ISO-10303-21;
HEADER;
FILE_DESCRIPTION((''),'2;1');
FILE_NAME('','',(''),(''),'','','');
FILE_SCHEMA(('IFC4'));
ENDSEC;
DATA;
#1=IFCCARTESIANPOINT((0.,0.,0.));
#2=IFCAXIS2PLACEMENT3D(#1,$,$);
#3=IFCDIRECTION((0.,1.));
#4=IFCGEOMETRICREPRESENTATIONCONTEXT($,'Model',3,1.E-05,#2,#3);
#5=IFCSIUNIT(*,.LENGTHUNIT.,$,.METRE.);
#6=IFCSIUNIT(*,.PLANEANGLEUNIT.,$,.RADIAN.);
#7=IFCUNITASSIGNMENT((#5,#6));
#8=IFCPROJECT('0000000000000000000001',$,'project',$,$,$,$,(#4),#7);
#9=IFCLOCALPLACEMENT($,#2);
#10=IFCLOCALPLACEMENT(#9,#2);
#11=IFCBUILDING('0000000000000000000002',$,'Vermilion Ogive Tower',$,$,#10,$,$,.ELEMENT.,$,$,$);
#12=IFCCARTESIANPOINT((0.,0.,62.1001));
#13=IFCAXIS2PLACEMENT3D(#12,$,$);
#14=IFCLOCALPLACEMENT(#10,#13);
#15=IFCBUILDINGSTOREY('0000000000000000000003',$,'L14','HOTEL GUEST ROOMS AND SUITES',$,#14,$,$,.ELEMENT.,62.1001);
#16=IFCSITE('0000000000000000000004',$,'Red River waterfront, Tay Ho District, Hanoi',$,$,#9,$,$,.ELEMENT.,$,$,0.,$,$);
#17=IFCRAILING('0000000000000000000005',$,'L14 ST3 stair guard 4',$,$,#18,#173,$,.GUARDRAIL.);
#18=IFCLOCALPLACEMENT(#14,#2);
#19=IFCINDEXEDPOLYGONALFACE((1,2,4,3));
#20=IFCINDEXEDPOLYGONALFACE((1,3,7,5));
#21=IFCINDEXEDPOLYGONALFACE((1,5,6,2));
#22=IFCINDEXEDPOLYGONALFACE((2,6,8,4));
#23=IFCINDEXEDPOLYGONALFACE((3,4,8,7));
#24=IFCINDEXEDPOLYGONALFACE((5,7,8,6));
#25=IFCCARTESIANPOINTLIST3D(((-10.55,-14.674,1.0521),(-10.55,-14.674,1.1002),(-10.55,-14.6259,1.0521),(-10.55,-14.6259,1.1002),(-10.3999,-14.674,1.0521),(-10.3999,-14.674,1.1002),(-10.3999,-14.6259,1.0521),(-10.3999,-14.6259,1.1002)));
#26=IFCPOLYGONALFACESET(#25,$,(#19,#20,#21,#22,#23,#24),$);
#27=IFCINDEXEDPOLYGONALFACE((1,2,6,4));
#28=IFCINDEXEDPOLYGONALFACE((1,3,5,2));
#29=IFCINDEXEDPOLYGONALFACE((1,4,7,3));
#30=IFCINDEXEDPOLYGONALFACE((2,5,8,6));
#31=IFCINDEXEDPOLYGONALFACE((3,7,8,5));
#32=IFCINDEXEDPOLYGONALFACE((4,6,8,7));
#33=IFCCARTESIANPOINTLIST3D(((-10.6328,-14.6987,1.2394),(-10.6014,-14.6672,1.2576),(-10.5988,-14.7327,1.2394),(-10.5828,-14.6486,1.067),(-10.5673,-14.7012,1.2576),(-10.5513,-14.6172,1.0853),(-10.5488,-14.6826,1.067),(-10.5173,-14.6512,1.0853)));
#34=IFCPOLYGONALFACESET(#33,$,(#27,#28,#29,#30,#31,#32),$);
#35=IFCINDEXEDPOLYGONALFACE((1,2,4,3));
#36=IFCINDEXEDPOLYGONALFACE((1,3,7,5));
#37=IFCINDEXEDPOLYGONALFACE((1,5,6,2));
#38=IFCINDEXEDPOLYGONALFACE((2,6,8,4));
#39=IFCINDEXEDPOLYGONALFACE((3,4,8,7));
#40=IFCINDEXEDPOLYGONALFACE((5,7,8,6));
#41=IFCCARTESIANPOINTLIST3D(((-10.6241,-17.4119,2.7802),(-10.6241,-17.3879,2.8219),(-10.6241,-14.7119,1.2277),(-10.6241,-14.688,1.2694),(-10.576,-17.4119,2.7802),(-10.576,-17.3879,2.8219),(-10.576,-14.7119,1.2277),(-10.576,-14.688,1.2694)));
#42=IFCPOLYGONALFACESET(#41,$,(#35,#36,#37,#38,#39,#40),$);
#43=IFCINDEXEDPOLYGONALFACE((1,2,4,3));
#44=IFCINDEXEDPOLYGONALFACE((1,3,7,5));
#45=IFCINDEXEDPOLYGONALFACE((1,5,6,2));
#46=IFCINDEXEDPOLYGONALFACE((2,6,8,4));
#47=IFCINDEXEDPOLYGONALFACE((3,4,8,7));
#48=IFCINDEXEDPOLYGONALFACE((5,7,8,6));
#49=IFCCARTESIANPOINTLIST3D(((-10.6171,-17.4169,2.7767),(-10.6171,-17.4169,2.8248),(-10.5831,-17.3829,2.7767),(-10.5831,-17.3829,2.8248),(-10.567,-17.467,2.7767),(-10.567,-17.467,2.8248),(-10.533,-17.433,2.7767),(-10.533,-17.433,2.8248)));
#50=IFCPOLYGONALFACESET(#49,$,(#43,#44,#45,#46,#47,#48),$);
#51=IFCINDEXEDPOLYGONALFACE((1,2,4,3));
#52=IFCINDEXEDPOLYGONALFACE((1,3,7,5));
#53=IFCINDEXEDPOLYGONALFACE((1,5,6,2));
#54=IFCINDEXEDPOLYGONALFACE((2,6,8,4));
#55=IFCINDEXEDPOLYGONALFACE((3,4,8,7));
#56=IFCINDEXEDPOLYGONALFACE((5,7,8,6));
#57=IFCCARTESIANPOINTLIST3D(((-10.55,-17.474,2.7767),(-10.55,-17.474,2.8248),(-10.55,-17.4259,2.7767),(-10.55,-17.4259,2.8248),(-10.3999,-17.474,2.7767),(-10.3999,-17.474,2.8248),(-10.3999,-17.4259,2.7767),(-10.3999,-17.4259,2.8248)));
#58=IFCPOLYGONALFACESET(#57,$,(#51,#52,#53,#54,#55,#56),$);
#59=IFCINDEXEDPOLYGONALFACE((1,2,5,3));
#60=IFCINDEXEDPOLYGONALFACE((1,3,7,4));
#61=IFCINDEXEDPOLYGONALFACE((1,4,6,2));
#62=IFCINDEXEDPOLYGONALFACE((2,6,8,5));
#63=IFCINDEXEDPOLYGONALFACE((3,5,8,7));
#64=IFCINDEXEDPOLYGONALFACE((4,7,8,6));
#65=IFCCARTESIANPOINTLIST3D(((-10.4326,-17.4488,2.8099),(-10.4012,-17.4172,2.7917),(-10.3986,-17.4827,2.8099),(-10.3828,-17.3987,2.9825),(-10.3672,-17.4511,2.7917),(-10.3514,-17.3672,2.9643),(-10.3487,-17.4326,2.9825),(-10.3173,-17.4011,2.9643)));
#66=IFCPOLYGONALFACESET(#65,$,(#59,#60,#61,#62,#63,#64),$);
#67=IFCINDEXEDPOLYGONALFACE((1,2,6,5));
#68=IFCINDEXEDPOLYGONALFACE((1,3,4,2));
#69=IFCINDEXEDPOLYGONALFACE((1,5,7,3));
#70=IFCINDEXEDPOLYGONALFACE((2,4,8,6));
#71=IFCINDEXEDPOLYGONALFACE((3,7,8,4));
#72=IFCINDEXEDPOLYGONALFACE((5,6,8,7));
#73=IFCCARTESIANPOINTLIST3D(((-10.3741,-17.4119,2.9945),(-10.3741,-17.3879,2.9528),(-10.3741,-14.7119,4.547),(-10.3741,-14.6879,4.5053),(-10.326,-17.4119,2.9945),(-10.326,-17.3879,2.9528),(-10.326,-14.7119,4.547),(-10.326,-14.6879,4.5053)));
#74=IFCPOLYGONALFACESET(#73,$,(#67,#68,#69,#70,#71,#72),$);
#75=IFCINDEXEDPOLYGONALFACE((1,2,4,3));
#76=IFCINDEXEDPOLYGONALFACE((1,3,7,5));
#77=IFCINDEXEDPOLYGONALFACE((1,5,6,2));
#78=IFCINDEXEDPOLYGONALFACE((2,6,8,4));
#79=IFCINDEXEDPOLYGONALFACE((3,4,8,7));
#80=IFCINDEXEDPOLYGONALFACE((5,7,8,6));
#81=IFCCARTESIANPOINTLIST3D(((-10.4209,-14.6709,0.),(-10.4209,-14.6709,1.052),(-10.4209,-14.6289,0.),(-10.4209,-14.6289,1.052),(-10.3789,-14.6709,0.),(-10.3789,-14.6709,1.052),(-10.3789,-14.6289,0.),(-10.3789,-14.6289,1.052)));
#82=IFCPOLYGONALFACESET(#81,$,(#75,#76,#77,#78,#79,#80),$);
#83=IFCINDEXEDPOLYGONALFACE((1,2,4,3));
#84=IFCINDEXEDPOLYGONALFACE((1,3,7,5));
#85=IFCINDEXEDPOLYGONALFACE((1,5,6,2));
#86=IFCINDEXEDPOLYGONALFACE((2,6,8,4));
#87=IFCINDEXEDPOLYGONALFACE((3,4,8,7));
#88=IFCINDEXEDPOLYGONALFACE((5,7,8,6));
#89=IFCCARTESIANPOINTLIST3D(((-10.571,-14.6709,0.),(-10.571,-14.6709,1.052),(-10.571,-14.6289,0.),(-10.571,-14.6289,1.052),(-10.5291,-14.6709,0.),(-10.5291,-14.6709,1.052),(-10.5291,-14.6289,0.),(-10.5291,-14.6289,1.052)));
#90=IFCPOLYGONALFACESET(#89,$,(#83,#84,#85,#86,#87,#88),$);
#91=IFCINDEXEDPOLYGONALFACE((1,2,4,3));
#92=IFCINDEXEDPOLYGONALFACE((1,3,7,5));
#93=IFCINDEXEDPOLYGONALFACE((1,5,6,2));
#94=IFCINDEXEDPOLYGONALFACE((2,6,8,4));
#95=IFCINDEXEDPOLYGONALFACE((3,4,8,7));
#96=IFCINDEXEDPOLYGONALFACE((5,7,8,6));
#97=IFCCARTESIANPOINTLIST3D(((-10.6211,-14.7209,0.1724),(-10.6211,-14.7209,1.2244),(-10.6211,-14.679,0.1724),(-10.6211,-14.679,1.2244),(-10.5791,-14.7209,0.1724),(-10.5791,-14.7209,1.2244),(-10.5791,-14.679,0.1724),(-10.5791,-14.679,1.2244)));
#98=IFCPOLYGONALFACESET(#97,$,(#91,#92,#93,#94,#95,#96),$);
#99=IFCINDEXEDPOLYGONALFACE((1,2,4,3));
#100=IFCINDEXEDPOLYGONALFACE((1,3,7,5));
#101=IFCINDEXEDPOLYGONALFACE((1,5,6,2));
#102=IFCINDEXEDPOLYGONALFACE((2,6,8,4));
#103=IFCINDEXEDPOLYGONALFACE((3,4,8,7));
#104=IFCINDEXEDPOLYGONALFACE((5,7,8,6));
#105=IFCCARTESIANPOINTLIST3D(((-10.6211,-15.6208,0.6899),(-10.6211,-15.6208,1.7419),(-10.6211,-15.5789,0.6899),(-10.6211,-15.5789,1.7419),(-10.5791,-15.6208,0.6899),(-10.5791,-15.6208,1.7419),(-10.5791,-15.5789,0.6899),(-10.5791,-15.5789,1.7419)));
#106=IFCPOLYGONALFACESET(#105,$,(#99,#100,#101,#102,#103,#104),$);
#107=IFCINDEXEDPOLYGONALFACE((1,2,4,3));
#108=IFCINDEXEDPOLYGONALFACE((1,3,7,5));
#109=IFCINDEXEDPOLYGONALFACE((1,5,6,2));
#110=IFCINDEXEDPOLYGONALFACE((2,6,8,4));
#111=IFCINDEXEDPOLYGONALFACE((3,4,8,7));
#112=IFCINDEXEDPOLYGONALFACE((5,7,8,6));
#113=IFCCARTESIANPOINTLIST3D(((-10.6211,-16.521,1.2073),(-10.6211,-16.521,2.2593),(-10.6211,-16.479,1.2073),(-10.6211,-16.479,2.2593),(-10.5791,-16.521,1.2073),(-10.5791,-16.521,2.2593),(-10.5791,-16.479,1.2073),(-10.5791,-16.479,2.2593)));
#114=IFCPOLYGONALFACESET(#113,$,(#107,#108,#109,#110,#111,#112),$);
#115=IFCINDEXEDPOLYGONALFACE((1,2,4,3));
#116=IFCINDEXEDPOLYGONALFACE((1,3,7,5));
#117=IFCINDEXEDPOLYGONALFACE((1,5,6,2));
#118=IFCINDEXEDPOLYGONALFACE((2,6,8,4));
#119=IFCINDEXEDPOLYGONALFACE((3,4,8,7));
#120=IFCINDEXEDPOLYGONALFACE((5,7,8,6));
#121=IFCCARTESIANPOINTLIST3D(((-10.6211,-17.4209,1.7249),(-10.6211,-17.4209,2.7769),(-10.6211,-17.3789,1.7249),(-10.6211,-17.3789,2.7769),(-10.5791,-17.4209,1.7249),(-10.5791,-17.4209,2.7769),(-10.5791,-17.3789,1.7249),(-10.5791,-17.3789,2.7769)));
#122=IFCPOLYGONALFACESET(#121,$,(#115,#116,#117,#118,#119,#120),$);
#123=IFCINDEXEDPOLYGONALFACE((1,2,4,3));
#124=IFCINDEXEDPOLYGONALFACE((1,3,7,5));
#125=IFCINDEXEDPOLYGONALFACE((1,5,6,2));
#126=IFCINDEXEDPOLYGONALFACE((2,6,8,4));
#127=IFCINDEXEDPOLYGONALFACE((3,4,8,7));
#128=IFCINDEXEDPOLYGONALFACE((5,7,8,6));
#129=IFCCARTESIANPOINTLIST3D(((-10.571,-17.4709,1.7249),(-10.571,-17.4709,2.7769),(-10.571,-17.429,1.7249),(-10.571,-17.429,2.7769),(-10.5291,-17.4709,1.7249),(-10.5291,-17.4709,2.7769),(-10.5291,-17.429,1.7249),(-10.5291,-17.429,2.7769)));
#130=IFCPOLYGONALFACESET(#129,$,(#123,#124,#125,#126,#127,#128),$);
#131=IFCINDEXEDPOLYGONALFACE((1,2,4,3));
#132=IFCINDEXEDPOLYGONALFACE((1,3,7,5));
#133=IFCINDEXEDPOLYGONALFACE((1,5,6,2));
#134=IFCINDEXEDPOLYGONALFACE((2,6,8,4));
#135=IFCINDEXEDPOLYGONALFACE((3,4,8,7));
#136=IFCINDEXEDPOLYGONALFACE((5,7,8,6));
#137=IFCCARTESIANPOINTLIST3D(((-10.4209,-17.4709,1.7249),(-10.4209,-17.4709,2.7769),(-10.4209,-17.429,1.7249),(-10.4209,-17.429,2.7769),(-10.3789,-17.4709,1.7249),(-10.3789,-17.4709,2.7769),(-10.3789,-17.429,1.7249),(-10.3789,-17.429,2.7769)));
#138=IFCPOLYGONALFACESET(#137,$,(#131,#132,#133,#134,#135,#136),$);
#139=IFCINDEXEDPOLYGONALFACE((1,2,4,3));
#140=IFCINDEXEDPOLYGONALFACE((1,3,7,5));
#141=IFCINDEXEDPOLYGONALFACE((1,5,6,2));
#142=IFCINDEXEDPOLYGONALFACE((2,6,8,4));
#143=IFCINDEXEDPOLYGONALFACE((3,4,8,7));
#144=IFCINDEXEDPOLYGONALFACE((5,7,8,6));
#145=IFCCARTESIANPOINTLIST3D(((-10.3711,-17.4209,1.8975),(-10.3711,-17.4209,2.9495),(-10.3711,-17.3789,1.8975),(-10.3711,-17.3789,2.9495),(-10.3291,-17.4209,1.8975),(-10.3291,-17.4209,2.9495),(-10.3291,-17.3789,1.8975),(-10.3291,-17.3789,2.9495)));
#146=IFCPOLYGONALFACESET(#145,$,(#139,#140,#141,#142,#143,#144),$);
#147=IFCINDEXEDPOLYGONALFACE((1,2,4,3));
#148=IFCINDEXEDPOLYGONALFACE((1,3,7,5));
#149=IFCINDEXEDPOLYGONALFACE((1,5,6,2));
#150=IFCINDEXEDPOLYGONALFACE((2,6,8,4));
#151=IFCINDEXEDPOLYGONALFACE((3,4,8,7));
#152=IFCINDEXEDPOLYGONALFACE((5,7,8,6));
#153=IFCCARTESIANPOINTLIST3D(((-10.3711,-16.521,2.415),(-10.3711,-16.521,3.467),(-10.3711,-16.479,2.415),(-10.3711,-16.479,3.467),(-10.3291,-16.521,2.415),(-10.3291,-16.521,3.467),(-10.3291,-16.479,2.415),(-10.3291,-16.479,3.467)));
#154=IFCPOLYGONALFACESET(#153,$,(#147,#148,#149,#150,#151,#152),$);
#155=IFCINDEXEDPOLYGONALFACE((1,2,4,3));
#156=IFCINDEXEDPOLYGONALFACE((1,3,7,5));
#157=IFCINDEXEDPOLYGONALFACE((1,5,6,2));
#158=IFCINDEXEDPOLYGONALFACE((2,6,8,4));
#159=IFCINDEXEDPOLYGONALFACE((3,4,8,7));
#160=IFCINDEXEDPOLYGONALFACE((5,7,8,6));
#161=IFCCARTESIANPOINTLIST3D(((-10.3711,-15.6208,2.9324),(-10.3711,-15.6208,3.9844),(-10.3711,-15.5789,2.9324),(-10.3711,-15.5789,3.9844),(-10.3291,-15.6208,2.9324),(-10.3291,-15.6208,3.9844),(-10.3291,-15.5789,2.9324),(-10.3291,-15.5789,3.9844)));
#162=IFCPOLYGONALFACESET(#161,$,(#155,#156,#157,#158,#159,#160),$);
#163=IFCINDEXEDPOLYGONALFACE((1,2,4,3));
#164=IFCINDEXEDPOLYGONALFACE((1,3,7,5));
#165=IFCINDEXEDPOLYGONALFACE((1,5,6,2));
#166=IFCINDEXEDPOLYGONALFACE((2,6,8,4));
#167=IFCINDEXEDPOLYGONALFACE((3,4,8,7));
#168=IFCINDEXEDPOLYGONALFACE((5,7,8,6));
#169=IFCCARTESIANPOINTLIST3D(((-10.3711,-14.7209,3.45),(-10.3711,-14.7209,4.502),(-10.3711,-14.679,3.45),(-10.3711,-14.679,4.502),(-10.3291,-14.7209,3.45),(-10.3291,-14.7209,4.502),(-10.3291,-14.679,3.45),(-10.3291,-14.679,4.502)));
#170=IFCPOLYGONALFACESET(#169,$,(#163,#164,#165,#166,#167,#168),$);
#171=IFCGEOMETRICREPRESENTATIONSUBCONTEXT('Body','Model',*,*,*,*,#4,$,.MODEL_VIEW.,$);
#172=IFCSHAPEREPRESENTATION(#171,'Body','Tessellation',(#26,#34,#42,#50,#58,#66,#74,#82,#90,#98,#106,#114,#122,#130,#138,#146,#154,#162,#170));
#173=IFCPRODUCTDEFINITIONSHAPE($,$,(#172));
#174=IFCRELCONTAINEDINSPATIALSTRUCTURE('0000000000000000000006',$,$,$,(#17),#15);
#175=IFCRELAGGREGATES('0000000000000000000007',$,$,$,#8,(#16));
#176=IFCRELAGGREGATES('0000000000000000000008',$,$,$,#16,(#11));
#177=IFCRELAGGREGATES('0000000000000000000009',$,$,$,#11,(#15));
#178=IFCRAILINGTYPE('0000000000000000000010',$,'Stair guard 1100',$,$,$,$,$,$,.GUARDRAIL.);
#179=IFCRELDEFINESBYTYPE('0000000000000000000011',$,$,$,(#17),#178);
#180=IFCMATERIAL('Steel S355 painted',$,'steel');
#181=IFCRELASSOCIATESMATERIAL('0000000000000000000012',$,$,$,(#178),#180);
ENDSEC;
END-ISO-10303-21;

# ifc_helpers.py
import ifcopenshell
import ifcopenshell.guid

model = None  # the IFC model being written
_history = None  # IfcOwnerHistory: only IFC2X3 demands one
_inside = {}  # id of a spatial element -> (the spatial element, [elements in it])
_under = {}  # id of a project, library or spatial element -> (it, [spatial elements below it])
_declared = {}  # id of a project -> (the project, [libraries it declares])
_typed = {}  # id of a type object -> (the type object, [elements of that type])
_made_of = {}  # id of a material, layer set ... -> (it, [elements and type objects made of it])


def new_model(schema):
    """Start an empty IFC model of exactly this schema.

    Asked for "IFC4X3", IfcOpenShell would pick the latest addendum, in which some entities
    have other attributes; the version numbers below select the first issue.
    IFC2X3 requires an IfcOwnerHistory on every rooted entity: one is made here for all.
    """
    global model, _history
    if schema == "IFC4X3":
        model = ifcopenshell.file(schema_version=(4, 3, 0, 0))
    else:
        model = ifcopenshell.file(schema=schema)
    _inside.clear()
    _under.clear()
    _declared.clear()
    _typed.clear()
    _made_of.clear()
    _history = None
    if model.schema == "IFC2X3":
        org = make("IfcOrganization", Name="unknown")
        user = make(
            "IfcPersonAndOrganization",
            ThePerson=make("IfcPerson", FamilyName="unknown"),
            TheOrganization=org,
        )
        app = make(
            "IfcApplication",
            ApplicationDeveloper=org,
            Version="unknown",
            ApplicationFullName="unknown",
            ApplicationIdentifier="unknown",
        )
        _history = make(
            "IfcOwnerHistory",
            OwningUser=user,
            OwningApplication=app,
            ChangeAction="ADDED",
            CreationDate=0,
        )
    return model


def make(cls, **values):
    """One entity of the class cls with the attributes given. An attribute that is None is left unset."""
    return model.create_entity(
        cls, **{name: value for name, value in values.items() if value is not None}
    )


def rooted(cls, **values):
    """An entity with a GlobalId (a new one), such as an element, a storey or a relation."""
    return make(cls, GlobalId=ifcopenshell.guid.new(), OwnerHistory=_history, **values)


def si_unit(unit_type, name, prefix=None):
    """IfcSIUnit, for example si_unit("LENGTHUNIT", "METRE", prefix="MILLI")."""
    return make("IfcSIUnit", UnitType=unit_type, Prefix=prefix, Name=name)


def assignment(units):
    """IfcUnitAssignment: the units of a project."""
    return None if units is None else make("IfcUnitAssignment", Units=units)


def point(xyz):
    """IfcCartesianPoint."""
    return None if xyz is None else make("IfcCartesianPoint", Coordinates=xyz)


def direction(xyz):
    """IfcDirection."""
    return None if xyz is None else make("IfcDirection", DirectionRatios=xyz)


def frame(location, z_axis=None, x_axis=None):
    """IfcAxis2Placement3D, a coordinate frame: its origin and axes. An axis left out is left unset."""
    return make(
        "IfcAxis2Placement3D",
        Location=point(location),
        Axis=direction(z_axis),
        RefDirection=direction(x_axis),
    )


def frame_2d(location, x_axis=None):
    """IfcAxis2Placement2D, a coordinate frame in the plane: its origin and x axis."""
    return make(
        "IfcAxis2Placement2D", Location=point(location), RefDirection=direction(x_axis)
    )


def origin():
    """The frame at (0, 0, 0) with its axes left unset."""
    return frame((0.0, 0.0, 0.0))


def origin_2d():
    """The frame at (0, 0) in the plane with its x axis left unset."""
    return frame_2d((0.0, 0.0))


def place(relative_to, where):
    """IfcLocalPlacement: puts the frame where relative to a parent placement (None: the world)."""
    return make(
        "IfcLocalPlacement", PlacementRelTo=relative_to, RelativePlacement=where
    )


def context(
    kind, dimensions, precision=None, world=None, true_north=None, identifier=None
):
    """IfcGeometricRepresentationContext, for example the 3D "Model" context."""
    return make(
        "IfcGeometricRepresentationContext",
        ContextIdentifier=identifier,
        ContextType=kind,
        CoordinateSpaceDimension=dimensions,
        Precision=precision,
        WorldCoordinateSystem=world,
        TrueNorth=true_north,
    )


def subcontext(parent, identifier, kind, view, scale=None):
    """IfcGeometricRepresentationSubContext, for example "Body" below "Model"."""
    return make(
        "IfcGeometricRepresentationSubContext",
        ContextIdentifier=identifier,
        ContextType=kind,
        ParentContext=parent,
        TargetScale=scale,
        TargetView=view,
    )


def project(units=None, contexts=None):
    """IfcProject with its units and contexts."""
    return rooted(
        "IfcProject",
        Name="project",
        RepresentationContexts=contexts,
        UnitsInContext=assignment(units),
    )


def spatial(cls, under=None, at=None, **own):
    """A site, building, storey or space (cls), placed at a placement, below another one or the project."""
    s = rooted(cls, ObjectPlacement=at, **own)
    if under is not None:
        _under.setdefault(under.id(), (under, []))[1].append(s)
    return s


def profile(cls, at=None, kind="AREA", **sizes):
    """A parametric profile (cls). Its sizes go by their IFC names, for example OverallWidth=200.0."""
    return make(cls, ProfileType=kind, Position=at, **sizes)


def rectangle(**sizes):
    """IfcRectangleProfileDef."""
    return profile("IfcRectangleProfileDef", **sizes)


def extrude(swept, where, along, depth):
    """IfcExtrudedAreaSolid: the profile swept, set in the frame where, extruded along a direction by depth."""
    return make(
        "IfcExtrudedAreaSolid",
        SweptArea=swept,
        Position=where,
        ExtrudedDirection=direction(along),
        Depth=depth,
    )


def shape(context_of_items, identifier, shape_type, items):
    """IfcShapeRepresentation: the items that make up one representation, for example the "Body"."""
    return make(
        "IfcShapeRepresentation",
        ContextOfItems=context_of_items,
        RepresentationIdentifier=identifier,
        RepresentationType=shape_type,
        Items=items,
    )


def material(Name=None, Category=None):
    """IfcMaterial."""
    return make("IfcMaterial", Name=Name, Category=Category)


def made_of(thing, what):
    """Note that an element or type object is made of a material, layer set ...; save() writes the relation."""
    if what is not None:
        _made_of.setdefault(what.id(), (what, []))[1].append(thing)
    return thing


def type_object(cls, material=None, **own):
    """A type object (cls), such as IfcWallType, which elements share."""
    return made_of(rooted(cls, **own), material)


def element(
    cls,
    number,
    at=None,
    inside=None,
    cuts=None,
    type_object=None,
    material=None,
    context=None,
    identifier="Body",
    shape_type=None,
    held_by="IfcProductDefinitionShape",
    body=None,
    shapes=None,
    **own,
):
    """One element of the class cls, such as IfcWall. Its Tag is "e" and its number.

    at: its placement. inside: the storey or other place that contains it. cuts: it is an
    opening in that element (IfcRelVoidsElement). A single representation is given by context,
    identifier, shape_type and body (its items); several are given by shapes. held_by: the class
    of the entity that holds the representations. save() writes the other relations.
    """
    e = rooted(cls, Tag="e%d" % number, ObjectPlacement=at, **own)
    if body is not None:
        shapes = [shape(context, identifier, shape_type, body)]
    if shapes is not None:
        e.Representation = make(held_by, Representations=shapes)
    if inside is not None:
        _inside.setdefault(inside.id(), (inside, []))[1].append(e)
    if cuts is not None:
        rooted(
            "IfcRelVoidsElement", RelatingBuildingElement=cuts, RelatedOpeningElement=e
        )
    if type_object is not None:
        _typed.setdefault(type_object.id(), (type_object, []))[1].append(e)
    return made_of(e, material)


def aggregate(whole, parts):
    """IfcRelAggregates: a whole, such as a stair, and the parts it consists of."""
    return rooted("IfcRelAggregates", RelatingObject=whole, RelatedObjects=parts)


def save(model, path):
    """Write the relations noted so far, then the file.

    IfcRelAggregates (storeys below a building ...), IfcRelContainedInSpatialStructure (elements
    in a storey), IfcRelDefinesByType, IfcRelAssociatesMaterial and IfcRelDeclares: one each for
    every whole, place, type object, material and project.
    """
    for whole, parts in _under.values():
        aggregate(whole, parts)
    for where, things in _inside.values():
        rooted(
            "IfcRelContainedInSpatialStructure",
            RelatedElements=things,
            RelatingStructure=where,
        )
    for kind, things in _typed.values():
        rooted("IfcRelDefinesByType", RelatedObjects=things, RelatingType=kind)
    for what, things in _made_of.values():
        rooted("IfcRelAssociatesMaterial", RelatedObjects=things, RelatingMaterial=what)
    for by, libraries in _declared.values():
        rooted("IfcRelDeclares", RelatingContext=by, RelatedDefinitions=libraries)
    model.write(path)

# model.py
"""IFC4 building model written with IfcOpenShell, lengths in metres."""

from ifc_helpers import new_model, si_unit, direction, frame, origin, origin_2d, place, context, subcontext, project, spatial, rectangle, extrude, material, type_object, element, save


model = new_model("IFC4")

# Units and contexts
model_context = context("Model", 3, precision=1e-05, world=origin(), true_north=direction((0.0, 1.0)))
body_context = subcontext(model_context, "Body", "Model", "MODEL_VIEW")
ifc_project = project(units=[si_unit("LENGTHUNIT", "METRE"), si_unit("PLANEANGLEUNIT", "RADIAN")], contexts=[model_context])

# Site, building, storey
site_placement = place(None, origin())
site = spatial("IfcSite", under=ifc_project, at=site_placement, Name="Red River waterfront, Tay Ho District, Hanoi", CompositionType="ELEMENT", RefElevation=0.0)
building_placement = place(site_placement, origin())
building = spatial("IfcBuilding", under=site, at=building_placement, Name="Vermilion Ogive Tower", CompositionType="ELEMENT")
storey_placement = place(building_placement, frame((0.0, 0.0, 62.1001)))
storey = spatial("IfcBuildingStorey", under=building, at=storey_placement, Name="L14", Description="HOTEL GUEST ROOMS AND SUITES", CompositionType="ELEMENT", Elevation=62.1001)

# Railing
ifc_material_1 = material(Name="Steel S355 painted", Category="steel")
railing_type = type_object("IfcRailingType", Name="Stair guard 1100", PredefinedType="GUARDRAIL", material=ifc_material_1)
railing_placement = place(storey_placement, frame((-10.3999, -14.6499, 0.0)))
element("IfcRailing", 1, at=railing_placement, inside=storey, type_object=railing_type, Name="L14 ST3 stair guard 4", PredefinedType="GUARDRAIL", context=body_context, shape_type="SweptSolid", body=[
    extrude(rectangle(XDim=0.0481, YDim=0.0481, at=origin_2d()), frame((0.0, 0.0, 1.0762), z_axis=(-1.0, 0.0, 0.0), x_axis=(0.0, -1.0, 0.0)), (0.0, 0.0, 1.0), 0.1501),
    extrude(rectangle(XDim=0.0481, YDim=0.0481, at=origin_2d()), frame((-0.1501, 0.0, 1.0762), z_axis=(-0.268603, -0.268603, 0.925043), x_axis=(0.707107, -0.707107, 0.0)), (0.0, 0.0, 1.0), 0.1863),
    extrude(rectangle(XDim=0.0481, YDim=0.0481, at=origin_2d()), frame((-0.2002, -0.05, 1.2485), z_axis=(0.0, -0.866904, 0.498476), x_axis=(1.0, 0.0, 0.0)), (0.0, 0.0, 1.0), 3.1145),
    extrude(rectangle(XDim=0.0481, YDim=0.0481, at=origin_2d()), frame((-0.2002, -2.75, 2.8008), z_axis=(0.707107, -0.707107, 0.0), x_axis=(0.707107, 0.707107, 0.0)), (0.0, 0.0, 1.0), 0.0708),
    extrude(rectangle(XDim=0.0481, YDim=0.0481, at=origin_2d()), frame((-0.1501, -2.8, 2.8008), z_axis=(1.0, 0.0, 0.0), x_axis=(0.0, 1.0, 0.0)), (0.0, 0.0, 1.0), 0.1501),
    extrude(rectangle(XDim=0.0481, YDim=0.0481, at=origin_2d()), frame((0.0, -2.8, 2.8008), z_axis=(0.267063, 0.268372, 0.925556), x_axis=(-0.708834, 0.705376, 0.0)), (0.0, 0.0, 1.0), 0.1865),
    extrude(rectangle(XDim=0.0481, YDim=0.0481, at=origin_2d()), frame((0.0498, -2.75, 2.9736), z_axis=(0.0, 0.866904, 0.498476), x_axis=(-1.0, 0.0, 0.0)), (0.0, 0.0, 1.0), 3.1145),
    extrude(rectangle(XDim=0.042, YDim=0.042, at=origin_2d()), origin(), (0.0, 0.0, 1.0), 1.052),
    extrude(rectangle(XDim=0.042, YDim=0.042, at=origin_2d()), frame((-0.1501, 0.0, 0.0)), (0.0, 0.0, 1.0), 1.052),
    extrude(rectangle(XDim=0.042, YDim=0.042, at=origin_2d()), frame((-0.2002, -0.05, 0.1724)), (0.0, 0.0, 1.0), 1.052),
    extrude(rectangle(XDim=0.042, YDim=0.042, at=origin_2d()), frame((-0.2002, -0.95, 0.6899)), (0.0, 0.0, 1.0), 1.052),
    extrude(rectangle(XDim=0.042, YDim=0.042, at=origin_2d()), frame((-0.2002, -1.8501, 1.2073)), (0.0, 0.0, 1.0), 1.052),
    extrude(rectangle(XDim=0.042, YDim=0.042, at=origin_2d()), frame((-0.2002, -2.75, 1.7249)), (0.0, 0.0, 1.0), 1.052),
    extrude(rectangle(XDim=0.042, YDim=0.042, at=origin_2d()), frame((-0.1501, -2.8, 1.7249)), (0.0, 0.0, 1.0), 1.052),
    extrude(rectangle(XDim=0.042, YDim=0.042, at=origin_2d()), frame((0.0, -2.8, 1.7249)), (0.0, 0.0, 1.0), 1.052),
    extrude(rectangle(XDim=0.042, YDim=0.042, at=origin_2d()), frame((0.0498, -2.75, 1.8975)), (0.0, 0.0, 1.0), 1.052),
    extrude(rectangle(XDim=0.042, YDim=0.042, at=origin_2d()), frame((0.0498, -1.8501, 2.415)), (0.0, 0.0, 1.0), 1.052),
    extrude(rectangle(XDim=0.042, YDim=0.042, at=origin_2d()), frame((0.0498, -0.95, 2.9324)), (0.0, 0.0, 1.0), 1.052),
    extrude(rectangle(XDim=0.042, YDim=0.042, at=origin_2d()), frame((0.0498, -0.05, 3.45)), (0.0, 0.0, 1.0), 1.052),
])

save(model, "model.ifc")
